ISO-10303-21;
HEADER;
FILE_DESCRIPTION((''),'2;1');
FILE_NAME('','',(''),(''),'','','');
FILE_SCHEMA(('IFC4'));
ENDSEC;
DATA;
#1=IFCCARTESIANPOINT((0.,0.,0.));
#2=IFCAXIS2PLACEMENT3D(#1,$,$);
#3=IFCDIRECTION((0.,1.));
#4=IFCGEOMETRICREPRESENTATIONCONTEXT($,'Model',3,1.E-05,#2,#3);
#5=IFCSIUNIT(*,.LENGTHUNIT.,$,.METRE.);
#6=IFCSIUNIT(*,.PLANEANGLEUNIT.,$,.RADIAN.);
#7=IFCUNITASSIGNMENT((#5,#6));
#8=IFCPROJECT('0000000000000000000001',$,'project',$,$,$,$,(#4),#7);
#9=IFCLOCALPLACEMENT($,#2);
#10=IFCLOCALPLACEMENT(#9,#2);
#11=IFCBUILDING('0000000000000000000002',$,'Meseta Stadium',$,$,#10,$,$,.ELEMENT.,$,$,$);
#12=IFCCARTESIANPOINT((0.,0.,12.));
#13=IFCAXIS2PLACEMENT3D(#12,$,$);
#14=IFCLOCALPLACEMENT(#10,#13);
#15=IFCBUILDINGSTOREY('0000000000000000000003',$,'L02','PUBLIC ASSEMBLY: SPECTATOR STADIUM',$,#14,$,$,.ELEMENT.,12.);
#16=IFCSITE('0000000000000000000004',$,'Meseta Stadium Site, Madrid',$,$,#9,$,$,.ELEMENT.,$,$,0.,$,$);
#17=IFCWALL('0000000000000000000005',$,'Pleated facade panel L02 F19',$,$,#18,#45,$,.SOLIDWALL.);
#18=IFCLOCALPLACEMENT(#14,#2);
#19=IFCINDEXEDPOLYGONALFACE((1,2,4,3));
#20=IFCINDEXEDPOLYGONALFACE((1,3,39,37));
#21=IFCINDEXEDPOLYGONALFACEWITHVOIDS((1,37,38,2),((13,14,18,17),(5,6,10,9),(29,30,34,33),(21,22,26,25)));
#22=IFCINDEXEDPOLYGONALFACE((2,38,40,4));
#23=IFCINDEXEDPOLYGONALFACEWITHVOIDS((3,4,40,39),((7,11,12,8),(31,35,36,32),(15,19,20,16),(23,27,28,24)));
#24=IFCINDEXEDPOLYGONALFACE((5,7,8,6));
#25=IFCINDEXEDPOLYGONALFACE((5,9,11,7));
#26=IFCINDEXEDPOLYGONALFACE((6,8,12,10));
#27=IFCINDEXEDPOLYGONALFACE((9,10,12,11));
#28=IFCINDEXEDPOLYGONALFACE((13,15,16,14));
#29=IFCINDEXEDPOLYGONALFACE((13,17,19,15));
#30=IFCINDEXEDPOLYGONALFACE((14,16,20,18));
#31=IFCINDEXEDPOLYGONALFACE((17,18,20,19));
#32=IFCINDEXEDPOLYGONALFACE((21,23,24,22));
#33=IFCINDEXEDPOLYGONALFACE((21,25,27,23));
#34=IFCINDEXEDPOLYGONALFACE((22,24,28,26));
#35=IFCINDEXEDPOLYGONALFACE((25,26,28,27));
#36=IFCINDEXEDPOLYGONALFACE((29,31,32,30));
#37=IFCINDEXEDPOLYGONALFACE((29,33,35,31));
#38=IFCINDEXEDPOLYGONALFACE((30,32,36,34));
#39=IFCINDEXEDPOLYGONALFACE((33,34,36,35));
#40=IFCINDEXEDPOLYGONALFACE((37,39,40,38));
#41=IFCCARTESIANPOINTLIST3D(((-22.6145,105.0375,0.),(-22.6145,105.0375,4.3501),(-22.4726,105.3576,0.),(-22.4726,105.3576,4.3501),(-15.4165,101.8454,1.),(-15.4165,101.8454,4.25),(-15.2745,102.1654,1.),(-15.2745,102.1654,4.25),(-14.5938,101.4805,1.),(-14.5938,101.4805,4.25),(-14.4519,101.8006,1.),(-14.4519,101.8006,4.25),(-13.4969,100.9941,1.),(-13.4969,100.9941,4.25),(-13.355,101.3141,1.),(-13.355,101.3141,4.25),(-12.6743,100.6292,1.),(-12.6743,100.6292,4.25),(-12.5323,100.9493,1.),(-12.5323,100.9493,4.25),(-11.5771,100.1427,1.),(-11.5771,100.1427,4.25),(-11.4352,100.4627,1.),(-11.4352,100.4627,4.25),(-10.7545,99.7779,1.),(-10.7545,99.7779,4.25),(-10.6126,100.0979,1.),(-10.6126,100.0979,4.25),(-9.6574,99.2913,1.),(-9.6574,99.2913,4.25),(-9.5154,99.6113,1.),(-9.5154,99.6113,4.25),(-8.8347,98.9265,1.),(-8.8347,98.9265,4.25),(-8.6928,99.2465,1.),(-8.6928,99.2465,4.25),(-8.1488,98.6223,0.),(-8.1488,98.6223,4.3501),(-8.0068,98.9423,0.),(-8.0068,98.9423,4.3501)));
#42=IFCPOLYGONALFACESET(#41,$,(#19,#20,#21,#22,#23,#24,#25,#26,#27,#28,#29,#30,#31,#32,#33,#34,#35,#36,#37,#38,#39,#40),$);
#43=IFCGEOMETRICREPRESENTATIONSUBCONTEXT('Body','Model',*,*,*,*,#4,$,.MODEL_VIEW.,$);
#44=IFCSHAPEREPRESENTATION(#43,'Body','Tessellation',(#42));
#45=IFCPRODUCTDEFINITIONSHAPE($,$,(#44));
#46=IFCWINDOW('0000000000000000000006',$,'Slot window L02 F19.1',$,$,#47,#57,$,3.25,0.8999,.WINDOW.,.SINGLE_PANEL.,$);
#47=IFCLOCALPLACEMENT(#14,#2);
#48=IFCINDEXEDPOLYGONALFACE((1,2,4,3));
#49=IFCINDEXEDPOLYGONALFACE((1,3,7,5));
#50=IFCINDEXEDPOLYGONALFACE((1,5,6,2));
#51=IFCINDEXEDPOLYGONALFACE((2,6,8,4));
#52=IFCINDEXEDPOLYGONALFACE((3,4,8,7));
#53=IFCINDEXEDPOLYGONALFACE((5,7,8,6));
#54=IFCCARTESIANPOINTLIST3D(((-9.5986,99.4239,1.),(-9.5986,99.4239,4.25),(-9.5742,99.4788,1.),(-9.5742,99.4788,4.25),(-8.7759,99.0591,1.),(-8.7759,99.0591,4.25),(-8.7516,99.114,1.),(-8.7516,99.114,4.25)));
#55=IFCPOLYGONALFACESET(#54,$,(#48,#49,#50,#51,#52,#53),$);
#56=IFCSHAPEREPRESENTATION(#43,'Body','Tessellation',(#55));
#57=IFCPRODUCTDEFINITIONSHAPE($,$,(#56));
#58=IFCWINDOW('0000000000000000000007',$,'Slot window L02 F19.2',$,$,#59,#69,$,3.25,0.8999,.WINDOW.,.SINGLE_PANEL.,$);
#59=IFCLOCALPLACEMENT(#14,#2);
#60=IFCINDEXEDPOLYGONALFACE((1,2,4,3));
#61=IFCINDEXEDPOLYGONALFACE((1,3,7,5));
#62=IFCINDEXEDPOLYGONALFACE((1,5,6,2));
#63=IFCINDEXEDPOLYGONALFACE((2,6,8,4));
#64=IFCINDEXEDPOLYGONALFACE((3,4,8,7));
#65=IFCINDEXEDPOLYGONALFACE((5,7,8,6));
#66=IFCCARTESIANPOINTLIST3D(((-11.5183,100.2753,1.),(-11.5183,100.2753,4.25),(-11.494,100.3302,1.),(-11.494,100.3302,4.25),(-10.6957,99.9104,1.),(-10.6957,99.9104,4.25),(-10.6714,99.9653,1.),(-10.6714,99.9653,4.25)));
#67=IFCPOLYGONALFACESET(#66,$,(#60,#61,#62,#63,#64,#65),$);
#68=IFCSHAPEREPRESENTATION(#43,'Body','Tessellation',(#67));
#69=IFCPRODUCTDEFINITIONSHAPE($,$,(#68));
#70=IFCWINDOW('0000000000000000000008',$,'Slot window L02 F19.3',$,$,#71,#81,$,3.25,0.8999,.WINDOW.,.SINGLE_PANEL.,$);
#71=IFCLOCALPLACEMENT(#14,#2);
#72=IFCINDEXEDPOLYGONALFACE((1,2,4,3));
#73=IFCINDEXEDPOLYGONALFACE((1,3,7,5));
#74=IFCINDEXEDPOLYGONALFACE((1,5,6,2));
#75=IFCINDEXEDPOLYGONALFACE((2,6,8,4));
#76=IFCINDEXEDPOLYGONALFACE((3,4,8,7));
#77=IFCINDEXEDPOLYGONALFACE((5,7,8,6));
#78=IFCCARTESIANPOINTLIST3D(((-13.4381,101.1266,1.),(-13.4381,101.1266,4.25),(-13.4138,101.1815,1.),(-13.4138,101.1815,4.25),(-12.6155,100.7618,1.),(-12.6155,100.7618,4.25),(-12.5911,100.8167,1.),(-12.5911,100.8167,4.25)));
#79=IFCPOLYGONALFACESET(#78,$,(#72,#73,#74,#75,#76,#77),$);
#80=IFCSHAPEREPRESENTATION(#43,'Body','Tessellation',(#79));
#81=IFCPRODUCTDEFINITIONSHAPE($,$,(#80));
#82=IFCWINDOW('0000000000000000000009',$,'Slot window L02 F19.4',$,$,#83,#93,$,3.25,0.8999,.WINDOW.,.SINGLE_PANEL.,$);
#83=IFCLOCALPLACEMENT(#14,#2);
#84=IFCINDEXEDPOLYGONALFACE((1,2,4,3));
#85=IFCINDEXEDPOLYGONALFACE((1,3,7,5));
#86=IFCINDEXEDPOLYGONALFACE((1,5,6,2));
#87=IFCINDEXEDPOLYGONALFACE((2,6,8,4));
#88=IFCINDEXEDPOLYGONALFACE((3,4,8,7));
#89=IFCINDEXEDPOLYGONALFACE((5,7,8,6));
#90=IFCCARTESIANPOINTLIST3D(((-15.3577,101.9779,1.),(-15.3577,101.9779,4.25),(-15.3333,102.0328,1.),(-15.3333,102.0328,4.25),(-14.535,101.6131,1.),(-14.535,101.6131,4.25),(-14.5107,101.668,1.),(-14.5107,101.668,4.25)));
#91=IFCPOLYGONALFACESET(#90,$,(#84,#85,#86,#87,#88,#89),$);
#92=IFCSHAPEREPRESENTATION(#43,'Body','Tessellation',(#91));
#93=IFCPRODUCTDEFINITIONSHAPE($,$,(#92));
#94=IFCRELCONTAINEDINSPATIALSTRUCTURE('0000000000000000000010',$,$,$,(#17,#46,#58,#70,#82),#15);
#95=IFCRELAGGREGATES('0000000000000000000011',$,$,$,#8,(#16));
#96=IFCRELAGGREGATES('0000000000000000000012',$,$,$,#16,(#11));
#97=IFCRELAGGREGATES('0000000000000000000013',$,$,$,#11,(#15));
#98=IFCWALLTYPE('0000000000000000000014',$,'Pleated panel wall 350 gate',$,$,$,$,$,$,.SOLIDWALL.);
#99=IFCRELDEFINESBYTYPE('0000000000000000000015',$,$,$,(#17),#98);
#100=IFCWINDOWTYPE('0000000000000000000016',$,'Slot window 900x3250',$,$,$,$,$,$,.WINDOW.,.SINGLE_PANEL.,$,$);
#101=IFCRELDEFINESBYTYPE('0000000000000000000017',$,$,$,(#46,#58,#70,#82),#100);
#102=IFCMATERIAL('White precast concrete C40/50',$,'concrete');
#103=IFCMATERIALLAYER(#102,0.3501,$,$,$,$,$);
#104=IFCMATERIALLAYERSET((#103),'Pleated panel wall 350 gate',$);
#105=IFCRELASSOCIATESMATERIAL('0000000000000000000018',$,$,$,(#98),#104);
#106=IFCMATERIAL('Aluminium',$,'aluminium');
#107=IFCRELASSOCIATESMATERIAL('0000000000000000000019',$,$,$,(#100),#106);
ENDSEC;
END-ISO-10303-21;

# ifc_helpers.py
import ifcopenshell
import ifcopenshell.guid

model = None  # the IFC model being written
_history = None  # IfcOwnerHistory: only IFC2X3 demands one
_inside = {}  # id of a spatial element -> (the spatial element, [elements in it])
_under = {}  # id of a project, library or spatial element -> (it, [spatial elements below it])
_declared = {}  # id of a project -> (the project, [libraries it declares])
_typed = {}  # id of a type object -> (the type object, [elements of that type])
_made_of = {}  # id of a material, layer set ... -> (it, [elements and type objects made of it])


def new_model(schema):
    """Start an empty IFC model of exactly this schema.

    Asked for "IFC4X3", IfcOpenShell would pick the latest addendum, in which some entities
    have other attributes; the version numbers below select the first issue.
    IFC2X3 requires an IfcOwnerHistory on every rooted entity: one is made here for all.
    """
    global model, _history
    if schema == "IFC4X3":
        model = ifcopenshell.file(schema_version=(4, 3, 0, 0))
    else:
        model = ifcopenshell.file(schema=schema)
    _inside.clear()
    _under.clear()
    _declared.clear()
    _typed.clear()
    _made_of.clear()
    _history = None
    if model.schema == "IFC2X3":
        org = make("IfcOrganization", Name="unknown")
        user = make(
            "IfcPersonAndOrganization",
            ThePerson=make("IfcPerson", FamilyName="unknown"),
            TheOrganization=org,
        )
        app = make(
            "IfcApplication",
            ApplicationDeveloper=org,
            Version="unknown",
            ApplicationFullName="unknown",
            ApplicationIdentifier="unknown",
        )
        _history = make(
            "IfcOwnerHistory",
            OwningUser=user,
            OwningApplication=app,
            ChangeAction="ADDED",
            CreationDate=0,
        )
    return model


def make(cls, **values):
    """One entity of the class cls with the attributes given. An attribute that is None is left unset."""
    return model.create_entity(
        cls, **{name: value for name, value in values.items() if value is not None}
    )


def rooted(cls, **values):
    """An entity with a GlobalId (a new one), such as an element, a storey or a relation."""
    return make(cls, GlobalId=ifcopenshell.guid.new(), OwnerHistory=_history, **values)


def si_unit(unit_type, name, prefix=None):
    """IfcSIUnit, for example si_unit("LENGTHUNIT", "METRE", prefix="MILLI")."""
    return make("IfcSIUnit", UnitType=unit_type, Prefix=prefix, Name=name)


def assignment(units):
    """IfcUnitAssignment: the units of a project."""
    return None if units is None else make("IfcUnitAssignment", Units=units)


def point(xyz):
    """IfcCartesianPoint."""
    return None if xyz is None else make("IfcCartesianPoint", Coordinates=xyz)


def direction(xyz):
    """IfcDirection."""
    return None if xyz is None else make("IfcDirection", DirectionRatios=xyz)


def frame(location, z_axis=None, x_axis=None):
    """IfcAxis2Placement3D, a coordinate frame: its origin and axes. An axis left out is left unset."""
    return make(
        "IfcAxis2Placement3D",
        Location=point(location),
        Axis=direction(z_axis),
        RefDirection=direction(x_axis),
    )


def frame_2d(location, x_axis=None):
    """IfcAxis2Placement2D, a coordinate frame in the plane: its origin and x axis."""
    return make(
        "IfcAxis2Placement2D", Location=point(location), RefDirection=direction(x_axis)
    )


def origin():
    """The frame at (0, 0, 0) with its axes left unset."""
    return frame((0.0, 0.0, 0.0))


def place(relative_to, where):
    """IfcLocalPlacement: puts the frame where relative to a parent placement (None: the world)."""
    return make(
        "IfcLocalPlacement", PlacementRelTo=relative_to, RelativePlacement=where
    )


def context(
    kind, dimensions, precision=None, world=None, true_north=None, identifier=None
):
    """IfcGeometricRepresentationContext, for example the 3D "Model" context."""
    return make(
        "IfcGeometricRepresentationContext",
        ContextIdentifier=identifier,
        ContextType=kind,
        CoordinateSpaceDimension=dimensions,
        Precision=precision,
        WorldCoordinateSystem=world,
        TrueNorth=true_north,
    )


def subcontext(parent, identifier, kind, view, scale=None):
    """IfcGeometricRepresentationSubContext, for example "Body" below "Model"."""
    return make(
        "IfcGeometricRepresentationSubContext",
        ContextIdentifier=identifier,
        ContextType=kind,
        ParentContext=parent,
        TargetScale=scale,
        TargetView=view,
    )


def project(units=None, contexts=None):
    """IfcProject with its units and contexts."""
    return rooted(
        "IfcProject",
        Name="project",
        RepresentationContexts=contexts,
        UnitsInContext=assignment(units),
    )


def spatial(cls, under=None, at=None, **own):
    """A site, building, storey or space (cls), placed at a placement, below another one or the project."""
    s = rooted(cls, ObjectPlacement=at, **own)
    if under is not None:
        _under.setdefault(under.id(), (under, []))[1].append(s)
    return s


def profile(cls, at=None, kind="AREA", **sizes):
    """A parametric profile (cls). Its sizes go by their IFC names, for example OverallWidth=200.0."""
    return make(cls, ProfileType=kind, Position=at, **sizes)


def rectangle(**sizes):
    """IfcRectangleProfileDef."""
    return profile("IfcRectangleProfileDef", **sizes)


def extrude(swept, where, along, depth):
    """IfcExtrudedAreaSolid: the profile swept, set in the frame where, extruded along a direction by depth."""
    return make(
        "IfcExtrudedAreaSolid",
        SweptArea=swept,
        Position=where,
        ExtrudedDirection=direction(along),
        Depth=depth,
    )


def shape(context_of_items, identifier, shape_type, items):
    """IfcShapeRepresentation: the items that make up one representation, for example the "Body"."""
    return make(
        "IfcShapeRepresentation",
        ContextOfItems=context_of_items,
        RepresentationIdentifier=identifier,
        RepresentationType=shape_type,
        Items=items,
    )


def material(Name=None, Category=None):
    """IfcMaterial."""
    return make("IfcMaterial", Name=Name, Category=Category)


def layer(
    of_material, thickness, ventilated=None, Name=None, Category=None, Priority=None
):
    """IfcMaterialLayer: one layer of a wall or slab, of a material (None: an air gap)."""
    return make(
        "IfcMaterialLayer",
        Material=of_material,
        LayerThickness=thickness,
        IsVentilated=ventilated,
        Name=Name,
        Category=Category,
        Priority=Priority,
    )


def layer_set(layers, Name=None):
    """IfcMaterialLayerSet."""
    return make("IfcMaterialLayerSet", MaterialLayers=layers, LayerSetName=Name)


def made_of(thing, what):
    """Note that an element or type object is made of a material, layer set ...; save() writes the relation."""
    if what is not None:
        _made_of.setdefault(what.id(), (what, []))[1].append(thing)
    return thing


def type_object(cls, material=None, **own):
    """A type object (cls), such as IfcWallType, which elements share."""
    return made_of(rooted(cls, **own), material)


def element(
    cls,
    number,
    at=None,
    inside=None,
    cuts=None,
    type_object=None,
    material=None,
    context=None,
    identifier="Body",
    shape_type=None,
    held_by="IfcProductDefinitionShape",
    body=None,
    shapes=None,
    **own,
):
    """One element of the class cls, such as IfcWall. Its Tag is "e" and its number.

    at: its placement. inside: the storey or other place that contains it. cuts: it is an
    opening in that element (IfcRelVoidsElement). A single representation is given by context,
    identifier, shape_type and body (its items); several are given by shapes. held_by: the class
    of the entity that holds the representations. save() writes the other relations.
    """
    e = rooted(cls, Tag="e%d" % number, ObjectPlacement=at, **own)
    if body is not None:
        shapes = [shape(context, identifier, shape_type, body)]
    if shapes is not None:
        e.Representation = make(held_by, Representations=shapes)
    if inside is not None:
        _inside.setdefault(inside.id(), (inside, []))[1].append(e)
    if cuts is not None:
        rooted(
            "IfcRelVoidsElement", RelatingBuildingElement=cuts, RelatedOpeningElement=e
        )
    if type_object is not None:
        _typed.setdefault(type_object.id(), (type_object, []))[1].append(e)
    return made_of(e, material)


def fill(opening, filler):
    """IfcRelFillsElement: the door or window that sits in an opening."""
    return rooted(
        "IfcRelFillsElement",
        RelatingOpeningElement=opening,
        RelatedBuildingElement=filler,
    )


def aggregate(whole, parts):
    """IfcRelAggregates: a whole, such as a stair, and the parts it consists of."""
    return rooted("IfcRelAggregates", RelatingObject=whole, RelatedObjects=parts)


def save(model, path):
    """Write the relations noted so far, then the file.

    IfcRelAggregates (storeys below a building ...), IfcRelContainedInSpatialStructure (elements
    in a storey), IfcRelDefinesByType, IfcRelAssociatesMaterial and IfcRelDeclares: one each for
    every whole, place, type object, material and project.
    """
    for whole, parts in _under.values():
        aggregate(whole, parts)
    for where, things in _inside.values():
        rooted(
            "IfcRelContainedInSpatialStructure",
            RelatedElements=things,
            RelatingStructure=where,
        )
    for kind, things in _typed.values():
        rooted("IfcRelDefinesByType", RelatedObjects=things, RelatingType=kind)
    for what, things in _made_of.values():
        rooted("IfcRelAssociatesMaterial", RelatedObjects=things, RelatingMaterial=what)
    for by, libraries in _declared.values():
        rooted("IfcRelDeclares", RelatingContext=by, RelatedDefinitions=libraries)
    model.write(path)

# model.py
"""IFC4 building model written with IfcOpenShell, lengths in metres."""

from ifc_helpers import new_model, si_unit, direction, frame, frame_2d, origin, place, context, subcontext, project, spatial, rectangle, extrude, material, layer, layer_set, type_object, element, fill, save


model = new_model("IFC4")

# Units and contexts
model_context = context("Model", 3, precision=1e-05, world=origin(), true_north=direction((0.0, 1.0)))
body_context = subcontext(model_context, "Body", "Model", "MODEL_VIEW")
ifc_project = project(units=[si_unit("LENGTHUNIT", "METRE"), si_unit("PLANEANGLEUNIT", "RADIAN")], contexts=[model_context])

# Site, building, storey
site_placement = place(None, origin())
site = spatial("IfcSite", under=ifc_project, at=site_placement, Name="Meseta Stadium Site, Madrid", CompositionType="ELEMENT", RefElevation=0.0)
building_placement = place(site_placement, origin())
building = spatial("IfcBuilding", under=site, at=building_placement, Name="Meseta Stadium", CompositionType="ELEMENT")
storey_placement = place(building_placement, frame((0.0, 0.0, 12.0)))
storey = spatial("IfcBuildingStorey", under=building, at=storey_placement, Name="L02", Description="PUBLIC ASSEMBLY: SPECTATOR STADIUM", CompositionType="ELEMENT", Elevation=12.0)

# Wall, openings, windows
ifc_material_1 = material(Name="White precast concrete C40/50", Category="concrete")
ifc_layer_1 = layer(ifc_material_1, 0.3501)
ifc_layer_set_1 = layer_set([ifc_layer_1], Name="Pleated panel wall 350 gate")
wall_type = type_object("IfcWallType", Name="Pleated panel wall 350 gate", PredefinedType="SOLIDWALL", material=ifc_layer_set_1)
wall_placement = place(storey_placement, frame((-22.5435, 105.1975, 0.0), z_axis=(0.0, 0.0, 1.0), x_axis=(0.914139, -0.405401, 0.0)))
wall = element("IfcWall", 1, at=wall_placement, inside=storey, type_object=wall_type, Name="Pleated facade panel L02 F19", PredefinedType="SOLIDWALL", context=body_context, shape_type="SweptSolid", body=[
    extrude(rectangle(XDim=15.8245, YDim=0.3501, at=frame_2d((7.9121, 0.0))), origin(), (0.0, 0.0, 1.0), 4.3501),
])
opening_1_placement = place(wall_placement, frame((14.1741, 0.0, 1.0)))
opening_1 = element("IfcOpeningElement", 2, at=opening_1_placement, cuts=wall, PredefinedType="OPENING", context=body_context, shape_type="SweptSolid", body=[
    extrude(rectangle(XDim=0.8999, YDim=3.25, at=frame_2d((0.45, 1.625))), frame((0.0, 0.1851, 0.0), z_axis=(0.0, -1.0, 0.0), x_axis=(1.0, 0.0, 0.0)), (0.0, 0.0, 1.0), 0.3701),
])
opening_2_placement = place(wall_placement, frame((12.074, 0.0, 1.0)))
opening_2 = element("IfcOpeningElement", 3, at=opening_2_placement, cuts=wall, PredefinedType="OPENING", context=body_context, shape_type="SweptSolid", body=[
    extrude(rectangle(XDim=0.8999, YDim=3.25, at=frame_2d((0.45, 1.625))), frame((0.0, 0.1851, 0.0), z_axis=(0.0, -1.0, 0.0), x_axis=(1.0, 0.0, 0.0)), (0.0, 0.0, 1.0), 0.3701),
])
opening_3_placement = place(wall_placement, frame((9.9739, 0.0, 1.0)))
opening_3 = element("IfcOpeningElement", 4, at=opening_3_placement, cuts=wall, PredefinedType="OPENING", context=body_context, shape_type="SweptSolid", body=[
    extrude(rectangle(XDim=0.8999, YDim=3.25, at=frame_2d((0.45, 1.625))), frame((0.0, 0.1851, 0.0), z_axis=(0.0, -1.0, 0.0), x_axis=(1.0, 0.0, 0.0)), (0.0, 0.0, 1.0), 0.3701),
])
opening_4_placement = place(wall_placement, frame((7.874, 0.0, 1.0)))
opening_4 = element("IfcOpeningElement", 5, at=opening_4_placement, cuts=wall, PredefinedType="OPENING", context=body_context, shape_type="SweptSolid", body=[
    extrude(rectangle(XDim=0.8999, YDim=3.25, at=frame_2d((0.45, 1.625))), frame((0.0, 0.1851, 0.0), z_axis=(0.0, -1.0, 0.0), x_axis=(1.0, 0.0, 0.0)), (0.0, 0.0, 1.0), 0.3701),
])
ifc_material_2 = material(Name="Aluminium", Category="aluminium")
window_type = type_object("IfcWindowType", Name="Slot window 900x3250", PartitioningType="SINGLE_PANEL", PredefinedType="WINDOW", material=ifc_material_2)
window_1_placement = place(opening_1_placement, origin())
window_1 = element("IfcWindow", 6, at=window_1_placement, inside=storey, type_object=window_type, Name="Slot window L02 F19.1", OverallHeight=3.25, OverallWidth=0.8999, PartitioningType="SINGLE_PANEL", PredefinedType="WINDOW", context=body_context, shape_type="SweptSolid", body=[
    extrude(rectangle(XDim=0.8999, YDim=3.25, at=frame_2d((0.45, 1.625))), frame((0.0, 0.03, 0.0), z_axis=(0.0, -1.0, 0.0), x_axis=(1.0, 0.0, 0.0)), (0.0, 0.0, 1.0), 0.0601),
])
fill(opening_1, window_1)
window_2_placement = place(opening_2_placement, origin())
window_2 = element("IfcWindow", 7, at=window_2_placement, inside=storey, type_object=window_type, Name="Slot window L02 F19.2", OverallHeight=3.25, OverallWidth=0.8999, PartitioningType="SINGLE_PANEL", PredefinedType="WINDOW", context=body_context, shape_type="SweptSolid", body=[
    extrude(rectangle(XDim=0.8999, YDim=3.25, at=frame_2d((0.45, 1.625))), frame((0.0, 0.03, 0.0), z_axis=(0.0, -1.0, 0.0), x_axis=(1.0, 0.0, 0.0)), (0.0, 0.0, 1.0), 0.0601),
])
fill(opening_2, window_2)
window_3_placement = place(opening_3_placement, origin())
window_3 = element("IfcWindow", 8, at=window_3_placement, inside=storey, type_object=window_type, Name="Slot window L02 F19.3", OverallHeight=3.25, OverallWidth=0.8999, PartitioningType="SINGLE_PANEL", PredefinedType="WINDOW", context=body_context, shape_type="SweptSolid", body=[
    extrude(rectangle(XDim=0.8999, YDim=3.25, at=frame_2d((0.45, 1.625))), frame((0.0, 0.03, 0.0), z_axis=(0.0, -1.0, 0.0), x_axis=(1.0, 0.0, 0.0)), (0.0, 0.0, 1.0), 0.0601),
])
fill(opening_3, window_3)
window_4_placement = place(opening_4_placement, origin())
window_4 = element("IfcWindow", 9, at=window_4_placement, inside=storey, type_object=window_type, Name="Slot window L02 F19.4", OverallHeight=3.25, OverallWidth=0.8999, PartitioningType="SINGLE_PANEL", PredefinedType="WINDOW", context=body_context, shape_type="SweptSolid", body=[
    extrude(rectangle(XDim=0.8999, YDim=3.25, at=frame_2d((0.45, 1.625))), frame((0.0, 0.03, 0.0), z_axis=(0.0, -1.0, 0.0), x_axis=(1.0, 0.0, 0.0)), (0.0, 0.0, 1.0), 0.0601),
])
fill(opening_4, window_4)

save(model, "model.ifc")
